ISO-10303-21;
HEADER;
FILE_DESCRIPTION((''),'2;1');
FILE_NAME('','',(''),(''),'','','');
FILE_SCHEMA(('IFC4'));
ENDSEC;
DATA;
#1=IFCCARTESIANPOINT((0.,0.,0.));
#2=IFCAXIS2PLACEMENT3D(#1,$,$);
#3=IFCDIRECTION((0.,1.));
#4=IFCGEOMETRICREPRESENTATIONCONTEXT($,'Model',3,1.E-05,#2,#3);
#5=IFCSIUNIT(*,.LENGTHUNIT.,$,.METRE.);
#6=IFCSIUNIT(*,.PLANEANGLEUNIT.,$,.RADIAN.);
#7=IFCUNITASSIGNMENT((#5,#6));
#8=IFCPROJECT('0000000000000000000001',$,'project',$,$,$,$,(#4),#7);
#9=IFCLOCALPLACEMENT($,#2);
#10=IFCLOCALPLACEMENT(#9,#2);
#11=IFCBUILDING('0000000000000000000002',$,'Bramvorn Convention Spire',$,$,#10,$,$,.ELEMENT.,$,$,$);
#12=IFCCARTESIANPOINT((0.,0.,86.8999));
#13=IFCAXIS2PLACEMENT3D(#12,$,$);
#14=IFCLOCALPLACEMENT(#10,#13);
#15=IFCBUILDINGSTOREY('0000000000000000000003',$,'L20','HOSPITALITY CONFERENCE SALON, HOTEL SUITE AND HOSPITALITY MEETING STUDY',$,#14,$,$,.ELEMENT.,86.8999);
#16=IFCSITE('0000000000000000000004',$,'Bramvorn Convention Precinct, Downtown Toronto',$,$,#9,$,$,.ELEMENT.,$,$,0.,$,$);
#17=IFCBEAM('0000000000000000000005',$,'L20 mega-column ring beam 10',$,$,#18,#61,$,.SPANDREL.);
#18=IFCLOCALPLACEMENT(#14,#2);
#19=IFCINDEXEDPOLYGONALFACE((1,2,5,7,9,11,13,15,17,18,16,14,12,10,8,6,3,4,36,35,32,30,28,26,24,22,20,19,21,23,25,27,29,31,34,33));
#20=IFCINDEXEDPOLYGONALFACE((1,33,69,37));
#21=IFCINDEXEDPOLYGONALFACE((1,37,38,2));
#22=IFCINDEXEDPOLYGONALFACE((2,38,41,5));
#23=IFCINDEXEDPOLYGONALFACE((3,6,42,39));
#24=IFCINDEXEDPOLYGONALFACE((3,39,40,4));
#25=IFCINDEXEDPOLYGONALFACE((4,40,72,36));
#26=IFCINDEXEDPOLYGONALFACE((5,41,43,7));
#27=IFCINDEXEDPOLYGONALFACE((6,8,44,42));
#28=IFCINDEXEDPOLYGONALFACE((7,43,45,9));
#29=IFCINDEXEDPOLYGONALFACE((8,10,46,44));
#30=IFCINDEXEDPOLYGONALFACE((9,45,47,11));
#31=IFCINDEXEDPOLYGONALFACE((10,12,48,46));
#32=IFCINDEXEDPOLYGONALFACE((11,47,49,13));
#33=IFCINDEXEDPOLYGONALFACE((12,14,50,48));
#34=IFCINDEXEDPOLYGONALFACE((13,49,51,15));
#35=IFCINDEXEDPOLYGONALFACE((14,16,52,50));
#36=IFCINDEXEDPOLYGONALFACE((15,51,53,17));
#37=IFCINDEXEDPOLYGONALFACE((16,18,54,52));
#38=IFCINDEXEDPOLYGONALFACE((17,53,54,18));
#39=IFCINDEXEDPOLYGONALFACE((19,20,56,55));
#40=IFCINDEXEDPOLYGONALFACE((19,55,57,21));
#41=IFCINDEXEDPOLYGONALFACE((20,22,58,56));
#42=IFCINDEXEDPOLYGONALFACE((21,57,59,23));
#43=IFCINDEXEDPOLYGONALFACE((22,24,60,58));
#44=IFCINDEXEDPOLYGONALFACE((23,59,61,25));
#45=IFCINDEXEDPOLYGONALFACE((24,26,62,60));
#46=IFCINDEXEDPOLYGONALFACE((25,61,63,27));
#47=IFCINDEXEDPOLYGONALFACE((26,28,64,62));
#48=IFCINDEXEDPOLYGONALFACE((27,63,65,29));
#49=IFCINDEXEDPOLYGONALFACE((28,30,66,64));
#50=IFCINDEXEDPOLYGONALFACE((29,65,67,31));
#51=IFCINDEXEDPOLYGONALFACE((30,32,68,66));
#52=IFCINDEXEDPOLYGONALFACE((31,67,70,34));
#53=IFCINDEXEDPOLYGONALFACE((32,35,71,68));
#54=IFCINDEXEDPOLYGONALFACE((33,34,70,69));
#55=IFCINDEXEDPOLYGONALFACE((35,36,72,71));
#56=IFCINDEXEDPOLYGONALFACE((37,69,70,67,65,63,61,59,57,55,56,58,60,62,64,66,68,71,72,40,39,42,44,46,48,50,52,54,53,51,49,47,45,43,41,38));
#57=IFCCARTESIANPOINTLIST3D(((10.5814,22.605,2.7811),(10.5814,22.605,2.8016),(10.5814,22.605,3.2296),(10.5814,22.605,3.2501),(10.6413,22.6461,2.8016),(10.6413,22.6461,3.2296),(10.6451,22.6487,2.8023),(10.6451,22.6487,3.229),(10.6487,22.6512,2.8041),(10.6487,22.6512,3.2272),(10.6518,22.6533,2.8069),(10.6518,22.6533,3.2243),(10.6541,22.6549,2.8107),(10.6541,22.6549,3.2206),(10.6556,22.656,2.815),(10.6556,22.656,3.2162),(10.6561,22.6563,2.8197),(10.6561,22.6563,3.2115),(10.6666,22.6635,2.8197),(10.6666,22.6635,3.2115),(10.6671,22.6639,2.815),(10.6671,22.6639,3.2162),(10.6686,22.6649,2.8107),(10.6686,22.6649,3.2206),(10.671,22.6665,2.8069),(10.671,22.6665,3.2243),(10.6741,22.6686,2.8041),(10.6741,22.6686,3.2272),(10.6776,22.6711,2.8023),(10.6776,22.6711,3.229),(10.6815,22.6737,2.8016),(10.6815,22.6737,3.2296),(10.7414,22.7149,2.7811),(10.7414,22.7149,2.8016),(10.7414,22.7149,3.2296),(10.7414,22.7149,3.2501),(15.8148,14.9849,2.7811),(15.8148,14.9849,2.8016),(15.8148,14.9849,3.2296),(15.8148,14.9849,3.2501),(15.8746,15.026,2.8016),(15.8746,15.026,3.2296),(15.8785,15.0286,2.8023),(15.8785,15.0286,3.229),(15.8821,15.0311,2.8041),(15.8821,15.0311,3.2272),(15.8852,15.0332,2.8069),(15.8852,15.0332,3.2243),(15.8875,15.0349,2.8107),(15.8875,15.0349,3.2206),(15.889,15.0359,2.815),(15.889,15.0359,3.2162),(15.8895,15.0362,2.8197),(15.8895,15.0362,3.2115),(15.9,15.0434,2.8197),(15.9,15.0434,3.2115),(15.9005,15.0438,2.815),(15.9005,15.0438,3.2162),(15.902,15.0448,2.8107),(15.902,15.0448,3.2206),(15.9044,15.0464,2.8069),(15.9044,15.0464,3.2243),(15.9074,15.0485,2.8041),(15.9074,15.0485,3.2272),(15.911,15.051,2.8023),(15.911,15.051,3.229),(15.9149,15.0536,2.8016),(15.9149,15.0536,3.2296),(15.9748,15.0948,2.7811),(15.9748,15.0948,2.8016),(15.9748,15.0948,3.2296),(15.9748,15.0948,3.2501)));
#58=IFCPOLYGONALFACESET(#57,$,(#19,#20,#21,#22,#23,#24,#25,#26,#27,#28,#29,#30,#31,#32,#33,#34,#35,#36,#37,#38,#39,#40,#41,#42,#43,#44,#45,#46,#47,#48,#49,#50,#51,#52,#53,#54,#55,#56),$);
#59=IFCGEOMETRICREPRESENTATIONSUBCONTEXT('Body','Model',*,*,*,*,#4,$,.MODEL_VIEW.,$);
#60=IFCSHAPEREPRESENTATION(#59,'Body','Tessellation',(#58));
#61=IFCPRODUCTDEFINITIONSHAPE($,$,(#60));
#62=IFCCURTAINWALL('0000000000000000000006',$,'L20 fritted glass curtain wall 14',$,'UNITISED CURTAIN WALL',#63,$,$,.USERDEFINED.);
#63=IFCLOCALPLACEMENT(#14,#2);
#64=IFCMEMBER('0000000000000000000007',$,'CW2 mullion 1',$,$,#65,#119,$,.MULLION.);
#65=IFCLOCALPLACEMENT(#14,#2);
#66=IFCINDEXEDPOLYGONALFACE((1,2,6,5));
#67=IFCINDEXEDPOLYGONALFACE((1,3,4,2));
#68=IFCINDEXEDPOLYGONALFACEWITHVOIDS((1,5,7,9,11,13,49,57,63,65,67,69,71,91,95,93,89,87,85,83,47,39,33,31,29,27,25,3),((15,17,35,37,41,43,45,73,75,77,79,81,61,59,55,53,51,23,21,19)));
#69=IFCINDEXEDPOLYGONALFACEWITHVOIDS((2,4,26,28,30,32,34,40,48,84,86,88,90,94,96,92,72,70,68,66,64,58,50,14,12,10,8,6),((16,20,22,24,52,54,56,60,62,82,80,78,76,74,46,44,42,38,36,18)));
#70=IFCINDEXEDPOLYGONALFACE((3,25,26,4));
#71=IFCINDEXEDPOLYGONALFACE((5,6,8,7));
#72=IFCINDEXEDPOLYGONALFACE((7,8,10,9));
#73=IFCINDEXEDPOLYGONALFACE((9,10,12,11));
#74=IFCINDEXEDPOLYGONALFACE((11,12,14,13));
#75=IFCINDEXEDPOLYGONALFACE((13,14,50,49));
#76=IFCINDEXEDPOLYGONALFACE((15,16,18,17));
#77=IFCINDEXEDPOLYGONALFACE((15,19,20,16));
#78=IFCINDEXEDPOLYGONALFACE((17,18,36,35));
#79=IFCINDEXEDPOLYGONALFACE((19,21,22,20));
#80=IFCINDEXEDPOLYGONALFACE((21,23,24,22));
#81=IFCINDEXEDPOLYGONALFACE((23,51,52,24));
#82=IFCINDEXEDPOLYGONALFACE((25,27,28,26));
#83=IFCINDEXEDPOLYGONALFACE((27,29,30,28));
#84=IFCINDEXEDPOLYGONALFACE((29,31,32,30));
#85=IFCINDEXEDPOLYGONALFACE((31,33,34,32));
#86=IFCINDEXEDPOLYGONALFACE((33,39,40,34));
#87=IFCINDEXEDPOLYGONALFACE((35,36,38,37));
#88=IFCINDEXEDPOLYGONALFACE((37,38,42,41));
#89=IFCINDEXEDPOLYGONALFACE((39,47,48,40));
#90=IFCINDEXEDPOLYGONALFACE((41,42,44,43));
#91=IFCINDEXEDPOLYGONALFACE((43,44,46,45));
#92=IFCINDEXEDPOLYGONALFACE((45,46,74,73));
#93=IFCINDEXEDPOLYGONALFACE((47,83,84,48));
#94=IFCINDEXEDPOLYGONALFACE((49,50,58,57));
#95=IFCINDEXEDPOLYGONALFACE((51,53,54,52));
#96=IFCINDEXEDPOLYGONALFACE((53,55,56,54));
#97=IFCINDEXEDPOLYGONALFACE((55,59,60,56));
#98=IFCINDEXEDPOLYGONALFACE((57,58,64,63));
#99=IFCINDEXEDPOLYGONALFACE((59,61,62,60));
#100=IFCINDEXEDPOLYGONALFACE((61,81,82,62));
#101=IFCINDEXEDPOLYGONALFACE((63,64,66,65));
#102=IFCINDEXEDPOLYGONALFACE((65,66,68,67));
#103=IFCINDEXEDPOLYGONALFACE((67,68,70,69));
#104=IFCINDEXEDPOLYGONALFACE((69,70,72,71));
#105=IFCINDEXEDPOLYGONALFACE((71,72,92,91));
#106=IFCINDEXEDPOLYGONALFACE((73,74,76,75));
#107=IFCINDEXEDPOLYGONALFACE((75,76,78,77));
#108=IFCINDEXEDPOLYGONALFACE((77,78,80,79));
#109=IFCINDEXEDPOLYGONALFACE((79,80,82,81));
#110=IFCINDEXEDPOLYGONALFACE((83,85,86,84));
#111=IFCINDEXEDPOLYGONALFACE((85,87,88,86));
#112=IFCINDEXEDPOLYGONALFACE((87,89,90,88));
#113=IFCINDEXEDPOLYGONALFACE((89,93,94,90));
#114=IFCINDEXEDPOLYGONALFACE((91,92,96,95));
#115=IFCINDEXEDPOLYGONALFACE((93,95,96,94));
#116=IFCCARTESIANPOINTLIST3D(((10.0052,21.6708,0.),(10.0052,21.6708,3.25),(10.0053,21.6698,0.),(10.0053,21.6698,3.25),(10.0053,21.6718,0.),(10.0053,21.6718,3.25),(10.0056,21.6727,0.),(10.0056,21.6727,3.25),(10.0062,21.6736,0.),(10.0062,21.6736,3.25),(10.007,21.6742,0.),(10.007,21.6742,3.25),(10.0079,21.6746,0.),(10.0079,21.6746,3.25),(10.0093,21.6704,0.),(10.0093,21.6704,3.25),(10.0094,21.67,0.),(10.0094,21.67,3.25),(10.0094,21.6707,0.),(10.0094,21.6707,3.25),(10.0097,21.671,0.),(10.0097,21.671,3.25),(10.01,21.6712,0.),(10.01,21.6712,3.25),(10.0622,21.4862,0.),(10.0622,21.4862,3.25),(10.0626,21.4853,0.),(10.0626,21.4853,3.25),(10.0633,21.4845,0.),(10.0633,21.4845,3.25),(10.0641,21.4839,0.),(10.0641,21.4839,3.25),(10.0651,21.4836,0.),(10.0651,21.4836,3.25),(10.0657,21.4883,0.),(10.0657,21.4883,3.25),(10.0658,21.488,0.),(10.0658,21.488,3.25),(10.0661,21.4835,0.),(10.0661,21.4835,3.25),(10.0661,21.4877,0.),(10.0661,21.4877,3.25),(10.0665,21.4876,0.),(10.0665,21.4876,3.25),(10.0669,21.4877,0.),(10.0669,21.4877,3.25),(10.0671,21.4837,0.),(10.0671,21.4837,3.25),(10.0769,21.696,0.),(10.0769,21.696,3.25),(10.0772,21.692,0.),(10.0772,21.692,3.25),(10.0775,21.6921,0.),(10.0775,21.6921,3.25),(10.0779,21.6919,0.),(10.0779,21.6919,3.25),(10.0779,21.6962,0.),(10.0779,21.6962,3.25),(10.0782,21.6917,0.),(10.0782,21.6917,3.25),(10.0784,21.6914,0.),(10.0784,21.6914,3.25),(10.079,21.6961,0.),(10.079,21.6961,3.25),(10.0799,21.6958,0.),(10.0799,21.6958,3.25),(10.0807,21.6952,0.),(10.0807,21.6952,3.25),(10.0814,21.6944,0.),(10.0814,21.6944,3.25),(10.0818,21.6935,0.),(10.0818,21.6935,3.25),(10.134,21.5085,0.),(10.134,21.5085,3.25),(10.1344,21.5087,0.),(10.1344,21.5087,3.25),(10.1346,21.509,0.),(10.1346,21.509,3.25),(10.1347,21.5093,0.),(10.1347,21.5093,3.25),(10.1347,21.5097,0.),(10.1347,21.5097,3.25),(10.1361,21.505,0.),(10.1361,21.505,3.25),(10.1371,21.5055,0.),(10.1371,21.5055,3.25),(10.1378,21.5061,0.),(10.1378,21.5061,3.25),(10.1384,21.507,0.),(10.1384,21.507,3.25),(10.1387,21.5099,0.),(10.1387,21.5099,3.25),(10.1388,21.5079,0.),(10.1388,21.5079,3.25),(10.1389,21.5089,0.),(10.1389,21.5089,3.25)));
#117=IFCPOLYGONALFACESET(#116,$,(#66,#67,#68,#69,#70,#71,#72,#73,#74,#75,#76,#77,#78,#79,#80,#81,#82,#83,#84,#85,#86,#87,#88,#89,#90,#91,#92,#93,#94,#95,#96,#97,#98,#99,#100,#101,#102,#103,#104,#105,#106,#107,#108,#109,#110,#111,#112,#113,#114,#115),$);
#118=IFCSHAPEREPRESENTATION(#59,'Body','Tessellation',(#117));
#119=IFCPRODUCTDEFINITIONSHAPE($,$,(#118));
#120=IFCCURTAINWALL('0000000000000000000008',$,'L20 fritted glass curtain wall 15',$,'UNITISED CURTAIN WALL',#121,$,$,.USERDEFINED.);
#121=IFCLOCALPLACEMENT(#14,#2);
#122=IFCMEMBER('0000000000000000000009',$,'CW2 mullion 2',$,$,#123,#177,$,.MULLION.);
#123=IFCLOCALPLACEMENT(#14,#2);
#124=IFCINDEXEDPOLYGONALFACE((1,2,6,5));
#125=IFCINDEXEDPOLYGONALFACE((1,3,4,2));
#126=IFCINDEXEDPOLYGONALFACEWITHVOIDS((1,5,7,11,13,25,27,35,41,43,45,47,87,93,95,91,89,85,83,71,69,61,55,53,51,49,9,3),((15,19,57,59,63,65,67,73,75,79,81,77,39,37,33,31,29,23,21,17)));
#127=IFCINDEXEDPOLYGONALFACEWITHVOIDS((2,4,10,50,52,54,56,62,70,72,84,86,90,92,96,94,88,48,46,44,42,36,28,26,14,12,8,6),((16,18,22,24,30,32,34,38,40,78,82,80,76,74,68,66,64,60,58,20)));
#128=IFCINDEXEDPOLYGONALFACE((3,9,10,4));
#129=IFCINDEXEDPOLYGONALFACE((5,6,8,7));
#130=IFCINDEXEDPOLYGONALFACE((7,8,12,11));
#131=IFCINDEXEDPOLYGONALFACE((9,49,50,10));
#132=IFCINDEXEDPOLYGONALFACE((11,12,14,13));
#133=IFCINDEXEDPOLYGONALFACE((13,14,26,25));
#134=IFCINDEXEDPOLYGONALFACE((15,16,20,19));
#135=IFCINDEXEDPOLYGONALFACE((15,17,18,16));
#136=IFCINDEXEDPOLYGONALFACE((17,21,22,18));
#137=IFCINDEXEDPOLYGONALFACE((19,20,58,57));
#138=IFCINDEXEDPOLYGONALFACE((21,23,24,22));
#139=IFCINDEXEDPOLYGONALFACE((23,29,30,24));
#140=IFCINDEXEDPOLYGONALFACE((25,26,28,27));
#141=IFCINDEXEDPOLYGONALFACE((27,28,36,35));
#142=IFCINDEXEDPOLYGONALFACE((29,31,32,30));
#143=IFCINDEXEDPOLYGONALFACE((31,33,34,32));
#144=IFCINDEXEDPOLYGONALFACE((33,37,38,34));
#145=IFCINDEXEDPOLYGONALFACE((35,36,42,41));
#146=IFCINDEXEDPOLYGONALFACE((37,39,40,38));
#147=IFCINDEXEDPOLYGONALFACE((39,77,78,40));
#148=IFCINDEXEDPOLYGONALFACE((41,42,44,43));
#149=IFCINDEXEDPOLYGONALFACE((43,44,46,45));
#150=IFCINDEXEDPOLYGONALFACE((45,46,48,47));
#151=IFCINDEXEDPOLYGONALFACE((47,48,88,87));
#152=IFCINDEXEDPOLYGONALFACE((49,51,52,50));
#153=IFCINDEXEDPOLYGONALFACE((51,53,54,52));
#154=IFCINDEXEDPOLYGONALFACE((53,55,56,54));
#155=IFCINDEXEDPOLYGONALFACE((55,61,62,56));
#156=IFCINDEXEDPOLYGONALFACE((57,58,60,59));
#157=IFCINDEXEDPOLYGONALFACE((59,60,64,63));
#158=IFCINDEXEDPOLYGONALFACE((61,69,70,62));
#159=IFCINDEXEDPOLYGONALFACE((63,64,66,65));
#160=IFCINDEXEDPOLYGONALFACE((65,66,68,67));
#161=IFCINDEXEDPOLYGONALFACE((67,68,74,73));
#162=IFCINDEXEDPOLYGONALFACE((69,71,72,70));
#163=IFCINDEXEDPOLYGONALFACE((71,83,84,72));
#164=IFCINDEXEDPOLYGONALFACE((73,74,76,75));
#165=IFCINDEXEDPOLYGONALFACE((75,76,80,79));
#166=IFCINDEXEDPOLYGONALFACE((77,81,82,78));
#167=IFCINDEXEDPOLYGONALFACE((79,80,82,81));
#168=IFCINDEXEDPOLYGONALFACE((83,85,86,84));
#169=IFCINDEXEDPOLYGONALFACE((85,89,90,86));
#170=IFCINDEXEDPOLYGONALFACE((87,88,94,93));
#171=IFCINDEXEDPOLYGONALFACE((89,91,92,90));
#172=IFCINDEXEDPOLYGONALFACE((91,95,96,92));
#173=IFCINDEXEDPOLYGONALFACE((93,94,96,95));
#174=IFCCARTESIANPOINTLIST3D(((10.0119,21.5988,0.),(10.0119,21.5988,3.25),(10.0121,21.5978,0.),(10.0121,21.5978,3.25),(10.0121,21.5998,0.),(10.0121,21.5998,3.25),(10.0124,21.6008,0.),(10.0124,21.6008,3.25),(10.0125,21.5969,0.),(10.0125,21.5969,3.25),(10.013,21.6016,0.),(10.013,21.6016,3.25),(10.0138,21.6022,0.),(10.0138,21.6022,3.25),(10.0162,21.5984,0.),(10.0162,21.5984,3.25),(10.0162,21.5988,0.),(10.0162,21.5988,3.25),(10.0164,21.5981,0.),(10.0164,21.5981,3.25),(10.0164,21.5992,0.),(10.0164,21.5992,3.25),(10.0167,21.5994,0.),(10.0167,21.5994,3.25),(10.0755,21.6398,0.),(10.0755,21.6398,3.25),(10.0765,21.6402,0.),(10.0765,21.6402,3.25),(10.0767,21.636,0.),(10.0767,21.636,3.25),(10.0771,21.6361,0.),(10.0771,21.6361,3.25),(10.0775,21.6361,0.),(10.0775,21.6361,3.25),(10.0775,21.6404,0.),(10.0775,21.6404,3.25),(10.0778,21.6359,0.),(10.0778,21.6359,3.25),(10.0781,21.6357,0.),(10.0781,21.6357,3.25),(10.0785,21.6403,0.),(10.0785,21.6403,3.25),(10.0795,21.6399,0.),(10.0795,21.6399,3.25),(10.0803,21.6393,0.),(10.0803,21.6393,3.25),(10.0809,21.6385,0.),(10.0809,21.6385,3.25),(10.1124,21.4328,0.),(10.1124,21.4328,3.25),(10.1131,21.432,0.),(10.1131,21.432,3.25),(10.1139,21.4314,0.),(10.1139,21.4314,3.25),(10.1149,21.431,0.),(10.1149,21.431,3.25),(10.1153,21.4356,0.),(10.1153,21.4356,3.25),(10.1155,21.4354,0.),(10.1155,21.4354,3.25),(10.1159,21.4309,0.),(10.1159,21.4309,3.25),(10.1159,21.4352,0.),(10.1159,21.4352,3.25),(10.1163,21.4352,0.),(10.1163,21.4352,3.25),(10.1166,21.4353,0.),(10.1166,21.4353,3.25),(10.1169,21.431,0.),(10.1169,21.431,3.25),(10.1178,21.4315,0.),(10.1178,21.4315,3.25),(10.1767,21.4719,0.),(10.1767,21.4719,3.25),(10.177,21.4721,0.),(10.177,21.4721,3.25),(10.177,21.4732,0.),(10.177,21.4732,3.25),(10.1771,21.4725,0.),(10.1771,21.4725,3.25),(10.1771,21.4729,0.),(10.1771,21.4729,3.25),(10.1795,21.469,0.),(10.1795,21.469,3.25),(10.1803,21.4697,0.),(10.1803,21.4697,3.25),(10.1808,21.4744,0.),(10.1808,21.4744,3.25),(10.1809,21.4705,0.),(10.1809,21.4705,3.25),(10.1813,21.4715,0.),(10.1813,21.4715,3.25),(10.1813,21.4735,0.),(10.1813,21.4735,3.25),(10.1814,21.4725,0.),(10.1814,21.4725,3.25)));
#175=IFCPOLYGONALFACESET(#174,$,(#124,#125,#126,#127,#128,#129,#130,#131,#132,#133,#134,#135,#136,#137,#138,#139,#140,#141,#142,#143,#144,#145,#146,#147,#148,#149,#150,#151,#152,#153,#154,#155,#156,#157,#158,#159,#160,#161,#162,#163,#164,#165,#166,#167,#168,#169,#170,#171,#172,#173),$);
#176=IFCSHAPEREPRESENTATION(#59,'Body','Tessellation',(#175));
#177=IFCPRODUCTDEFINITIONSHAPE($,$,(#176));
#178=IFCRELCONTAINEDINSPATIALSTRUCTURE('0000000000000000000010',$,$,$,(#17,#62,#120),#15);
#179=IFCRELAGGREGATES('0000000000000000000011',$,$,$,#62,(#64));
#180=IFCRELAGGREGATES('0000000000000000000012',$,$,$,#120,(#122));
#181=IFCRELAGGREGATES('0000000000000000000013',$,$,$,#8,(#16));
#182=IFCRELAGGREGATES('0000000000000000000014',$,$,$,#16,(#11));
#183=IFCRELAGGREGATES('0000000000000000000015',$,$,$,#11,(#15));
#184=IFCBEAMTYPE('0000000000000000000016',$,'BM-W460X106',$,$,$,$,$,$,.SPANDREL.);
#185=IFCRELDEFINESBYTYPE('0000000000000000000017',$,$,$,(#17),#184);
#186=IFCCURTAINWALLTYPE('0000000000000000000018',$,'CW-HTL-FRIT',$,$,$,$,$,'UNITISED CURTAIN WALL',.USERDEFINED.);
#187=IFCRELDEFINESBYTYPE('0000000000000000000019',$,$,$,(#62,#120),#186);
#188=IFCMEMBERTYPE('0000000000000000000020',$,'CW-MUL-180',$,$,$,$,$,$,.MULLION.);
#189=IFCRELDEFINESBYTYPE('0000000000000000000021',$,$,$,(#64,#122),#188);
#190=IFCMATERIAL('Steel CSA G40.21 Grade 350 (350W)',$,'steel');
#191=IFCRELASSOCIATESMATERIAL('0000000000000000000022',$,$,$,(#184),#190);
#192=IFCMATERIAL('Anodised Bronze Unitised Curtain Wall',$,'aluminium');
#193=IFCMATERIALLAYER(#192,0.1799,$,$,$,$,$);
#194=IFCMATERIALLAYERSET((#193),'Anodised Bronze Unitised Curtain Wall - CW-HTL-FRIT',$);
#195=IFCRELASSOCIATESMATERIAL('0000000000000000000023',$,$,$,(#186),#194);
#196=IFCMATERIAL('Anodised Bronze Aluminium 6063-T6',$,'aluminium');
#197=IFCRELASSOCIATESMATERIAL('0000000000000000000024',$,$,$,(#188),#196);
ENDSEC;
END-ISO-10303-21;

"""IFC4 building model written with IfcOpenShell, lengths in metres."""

from ifc_helpers import new_model, si_unit, direction, frame, origin, origin_2d, place, context, subcontext, project, spatial, hollow_rectangle, i_section, extrude, material, layer, layer_set, material_profile, profile_set, type_object, element, aggregate, save


model = new_model("IFC4")

# Units and contexts
model_context = context("Model", 3, precision=1e-05, world=origin(), true_north=direction((0.0, 1.0)))
body_context = subcontext(model_context, "Body", "Model", "MODEL_VIEW")
ifc_project = project(units=[si_unit("LENGTHUNIT", "METRE"), si_unit("PLANEANGLEUNIT", "RADIAN")], contexts=[model_context])

# Site, building, storey
site_placement = place(None, origin())
site = spatial("IfcSite", under=ifc_project, at=site_placement, Name="Bramvorn Convention Precinct, Downtown Toronto", CompositionType="ELEMENT", RefElevation=0.0)
building_placement = place(site_placement, origin())
building = spatial("IfcBuilding", under=site, at=building_placement, Name="Bramvorn Convention Spire", CompositionType="ELEMENT")
storey_placement = place(building_placement, frame((0.0, 0.0, 86.8999)))
storey = spatial("IfcBuildingStorey", under=building, at=storey_placement, Name="L20", Description="HOSPITALITY CONFERENCE SALON, HOTEL SUITE AND HOSPITALITY MEETING STUDY", CompositionType="ELEMENT", Elevation=86.8999)

# Shared definitions
ifc_material_1 = material(Name="Steel CSA G40.21 Grade 350 (350W)", Category="steel")

# Beam
ifc_material_profile_1 = material_profile(ifc_material_1, i_section(OverallWidth=0.1941, OverallDepth=0.469, WebThickness=0.0127, FlangeThickness=0.0205, FilletRadius=0.0181, at=origin_2d()))
ifc_profile_set_1 = profile_set([ifc_material_profile_1], Name="Steel CSA G40.21 Grade 350 (350W) - W460X106")
beam_type_1 = type_object("IfcBeamType", Name="BM-W460X106", PredefinedType="SPANDREL", material=ifc_profile_set_1)
beam_1_placement = place(storey_placement, frame((10.6614, 22.6599, 3.0156), z_axis=(0.56613, -0.824316, 0.0), x_axis=(0.824316, 0.56613, 0.0)))
element("IfcBeam", 1, at=beam_1_placement, inside=storey, type_object=beam_type_1, Name="L20 mega-column ring beam 10", PredefinedType="SPANDREL", context=body_context, shape_type="SweptSolid", body=[
    extrude(i_section(OverallWidth=0.1941, OverallDepth=0.469, WebThickness=0.0127, FlangeThickness=0.0205, FilletRadius=0.0181, at=origin_2d()), origin(), (0.0, 0.0, 1.0), 9.2441),
])

# Curtain walls, members
ifc_material_2 = material(Name="Anodised Bronze Unitised Curtain Wall", Category="aluminium")
ifc_layer_1 = layer(ifc_material_2, 0.1799)
ifc_layer_set_1 = layer_set([ifc_layer_1], Name="Anodised Bronze Unitised Curtain Wall - CW-HTL-FRIT")
curtain_wall_type = type_object("IfcCurtainWallType", Name="CW-HTL-FRIT", ElementType="UNITISED CURTAIN WALL", PredefinedType="USERDEFINED", material=ifc_layer_set_1)
curtain_wall_1_placement = place(storey_placement, origin())
curtain_wall_1 = element("IfcCurtainWall", 2, at=curtain_wall_1_placement, inside=storey, type_object=curtain_wall_type, Name="L20 fritted glass curtain wall 14", ObjectType="UNITISED CURTAIN WALL", PredefinedType="USERDEFINED")
ifc_material_3 = material(Name="Anodised Bronze Aluminium 6063-T6", Category="aluminium")
ifc_material_profile_2 = material_profile(ifc_material_3, hollow_rectangle(XDim=0.0801, YDim=0.2, WallThickness=0.0039, InnerFilletRadius=0.001, OuterFilletRadius=0.0039, at=origin_2d()))
ifc_profile_set_2 = profile_set([ifc_material_profile_2], Name="Anodised Bronze Aluminium 6063-T6 - CWM80X200")
member_type_1 = type_object("IfcMemberType", Name="CW-MUL-180", PredefinedType="MULLION", material=ifc_profile_set_2)
member_1_placement = place(storey_placement, frame((10.072, 21.5898, 0.0), z_axis=(0.0, 0.0, 1.0), x_axis=(-0.955167, -0.296067, 0.0)))
member_1 = element("IfcMember", 3, at=member_1_placement, type_object=member_type_1, Name="CW2 mullion 1", PredefinedType="MULLION", context=body_context, shape_type="SweptSolid", body=[
    extrude(hollow_rectangle(XDim=0.0801, YDim=0.2, WallThickness=0.0039, InnerFilletRadius=0.001, OuterFilletRadius=0.0039, at=origin_2d()), origin(), (0.0, 0.0, 1.0), 3.25),
])
curtain_wall_2_placement = place(storey_placement, origin())
curtain_wall_2 = element("IfcCurtainWall", 4, at=curtain_wall_2_placement, inside=storey, type_object=curtain_wall_type, Name="L20 fritted glass curtain wall 15", ObjectType="UNITISED CURTAIN WALL", PredefinedType="USERDEFINED")
member_2_placement = place(storey_placement, frame((10.0967, 21.5356, 0.0), z_axis=(0.0, 0.0, 1.0), x_axis=(-0.854123, -0.52007, 0.0)))
member_2 = element("IfcMember", 5, at=member_2_placement, type_object=member_type_1, Name="CW2 mullion 2", PredefinedType="MULLION", context=body_context, shape_type="SweptSolid", body=[
    extrude(hollow_rectangle(XDim=0.0801, YDim=0.2, WallThickness=0.0039, InnerFilletRadius=0.001, OuterFilletRadius=0.0039, at=origin_2d()), origin(), (0.0, 0.0, 1.0), 3.25),
])

aggregate(curtain_wall_1, [member_1])
aggregate(curtain_wall_2, [member_2])

save(model, "model.ifc")
